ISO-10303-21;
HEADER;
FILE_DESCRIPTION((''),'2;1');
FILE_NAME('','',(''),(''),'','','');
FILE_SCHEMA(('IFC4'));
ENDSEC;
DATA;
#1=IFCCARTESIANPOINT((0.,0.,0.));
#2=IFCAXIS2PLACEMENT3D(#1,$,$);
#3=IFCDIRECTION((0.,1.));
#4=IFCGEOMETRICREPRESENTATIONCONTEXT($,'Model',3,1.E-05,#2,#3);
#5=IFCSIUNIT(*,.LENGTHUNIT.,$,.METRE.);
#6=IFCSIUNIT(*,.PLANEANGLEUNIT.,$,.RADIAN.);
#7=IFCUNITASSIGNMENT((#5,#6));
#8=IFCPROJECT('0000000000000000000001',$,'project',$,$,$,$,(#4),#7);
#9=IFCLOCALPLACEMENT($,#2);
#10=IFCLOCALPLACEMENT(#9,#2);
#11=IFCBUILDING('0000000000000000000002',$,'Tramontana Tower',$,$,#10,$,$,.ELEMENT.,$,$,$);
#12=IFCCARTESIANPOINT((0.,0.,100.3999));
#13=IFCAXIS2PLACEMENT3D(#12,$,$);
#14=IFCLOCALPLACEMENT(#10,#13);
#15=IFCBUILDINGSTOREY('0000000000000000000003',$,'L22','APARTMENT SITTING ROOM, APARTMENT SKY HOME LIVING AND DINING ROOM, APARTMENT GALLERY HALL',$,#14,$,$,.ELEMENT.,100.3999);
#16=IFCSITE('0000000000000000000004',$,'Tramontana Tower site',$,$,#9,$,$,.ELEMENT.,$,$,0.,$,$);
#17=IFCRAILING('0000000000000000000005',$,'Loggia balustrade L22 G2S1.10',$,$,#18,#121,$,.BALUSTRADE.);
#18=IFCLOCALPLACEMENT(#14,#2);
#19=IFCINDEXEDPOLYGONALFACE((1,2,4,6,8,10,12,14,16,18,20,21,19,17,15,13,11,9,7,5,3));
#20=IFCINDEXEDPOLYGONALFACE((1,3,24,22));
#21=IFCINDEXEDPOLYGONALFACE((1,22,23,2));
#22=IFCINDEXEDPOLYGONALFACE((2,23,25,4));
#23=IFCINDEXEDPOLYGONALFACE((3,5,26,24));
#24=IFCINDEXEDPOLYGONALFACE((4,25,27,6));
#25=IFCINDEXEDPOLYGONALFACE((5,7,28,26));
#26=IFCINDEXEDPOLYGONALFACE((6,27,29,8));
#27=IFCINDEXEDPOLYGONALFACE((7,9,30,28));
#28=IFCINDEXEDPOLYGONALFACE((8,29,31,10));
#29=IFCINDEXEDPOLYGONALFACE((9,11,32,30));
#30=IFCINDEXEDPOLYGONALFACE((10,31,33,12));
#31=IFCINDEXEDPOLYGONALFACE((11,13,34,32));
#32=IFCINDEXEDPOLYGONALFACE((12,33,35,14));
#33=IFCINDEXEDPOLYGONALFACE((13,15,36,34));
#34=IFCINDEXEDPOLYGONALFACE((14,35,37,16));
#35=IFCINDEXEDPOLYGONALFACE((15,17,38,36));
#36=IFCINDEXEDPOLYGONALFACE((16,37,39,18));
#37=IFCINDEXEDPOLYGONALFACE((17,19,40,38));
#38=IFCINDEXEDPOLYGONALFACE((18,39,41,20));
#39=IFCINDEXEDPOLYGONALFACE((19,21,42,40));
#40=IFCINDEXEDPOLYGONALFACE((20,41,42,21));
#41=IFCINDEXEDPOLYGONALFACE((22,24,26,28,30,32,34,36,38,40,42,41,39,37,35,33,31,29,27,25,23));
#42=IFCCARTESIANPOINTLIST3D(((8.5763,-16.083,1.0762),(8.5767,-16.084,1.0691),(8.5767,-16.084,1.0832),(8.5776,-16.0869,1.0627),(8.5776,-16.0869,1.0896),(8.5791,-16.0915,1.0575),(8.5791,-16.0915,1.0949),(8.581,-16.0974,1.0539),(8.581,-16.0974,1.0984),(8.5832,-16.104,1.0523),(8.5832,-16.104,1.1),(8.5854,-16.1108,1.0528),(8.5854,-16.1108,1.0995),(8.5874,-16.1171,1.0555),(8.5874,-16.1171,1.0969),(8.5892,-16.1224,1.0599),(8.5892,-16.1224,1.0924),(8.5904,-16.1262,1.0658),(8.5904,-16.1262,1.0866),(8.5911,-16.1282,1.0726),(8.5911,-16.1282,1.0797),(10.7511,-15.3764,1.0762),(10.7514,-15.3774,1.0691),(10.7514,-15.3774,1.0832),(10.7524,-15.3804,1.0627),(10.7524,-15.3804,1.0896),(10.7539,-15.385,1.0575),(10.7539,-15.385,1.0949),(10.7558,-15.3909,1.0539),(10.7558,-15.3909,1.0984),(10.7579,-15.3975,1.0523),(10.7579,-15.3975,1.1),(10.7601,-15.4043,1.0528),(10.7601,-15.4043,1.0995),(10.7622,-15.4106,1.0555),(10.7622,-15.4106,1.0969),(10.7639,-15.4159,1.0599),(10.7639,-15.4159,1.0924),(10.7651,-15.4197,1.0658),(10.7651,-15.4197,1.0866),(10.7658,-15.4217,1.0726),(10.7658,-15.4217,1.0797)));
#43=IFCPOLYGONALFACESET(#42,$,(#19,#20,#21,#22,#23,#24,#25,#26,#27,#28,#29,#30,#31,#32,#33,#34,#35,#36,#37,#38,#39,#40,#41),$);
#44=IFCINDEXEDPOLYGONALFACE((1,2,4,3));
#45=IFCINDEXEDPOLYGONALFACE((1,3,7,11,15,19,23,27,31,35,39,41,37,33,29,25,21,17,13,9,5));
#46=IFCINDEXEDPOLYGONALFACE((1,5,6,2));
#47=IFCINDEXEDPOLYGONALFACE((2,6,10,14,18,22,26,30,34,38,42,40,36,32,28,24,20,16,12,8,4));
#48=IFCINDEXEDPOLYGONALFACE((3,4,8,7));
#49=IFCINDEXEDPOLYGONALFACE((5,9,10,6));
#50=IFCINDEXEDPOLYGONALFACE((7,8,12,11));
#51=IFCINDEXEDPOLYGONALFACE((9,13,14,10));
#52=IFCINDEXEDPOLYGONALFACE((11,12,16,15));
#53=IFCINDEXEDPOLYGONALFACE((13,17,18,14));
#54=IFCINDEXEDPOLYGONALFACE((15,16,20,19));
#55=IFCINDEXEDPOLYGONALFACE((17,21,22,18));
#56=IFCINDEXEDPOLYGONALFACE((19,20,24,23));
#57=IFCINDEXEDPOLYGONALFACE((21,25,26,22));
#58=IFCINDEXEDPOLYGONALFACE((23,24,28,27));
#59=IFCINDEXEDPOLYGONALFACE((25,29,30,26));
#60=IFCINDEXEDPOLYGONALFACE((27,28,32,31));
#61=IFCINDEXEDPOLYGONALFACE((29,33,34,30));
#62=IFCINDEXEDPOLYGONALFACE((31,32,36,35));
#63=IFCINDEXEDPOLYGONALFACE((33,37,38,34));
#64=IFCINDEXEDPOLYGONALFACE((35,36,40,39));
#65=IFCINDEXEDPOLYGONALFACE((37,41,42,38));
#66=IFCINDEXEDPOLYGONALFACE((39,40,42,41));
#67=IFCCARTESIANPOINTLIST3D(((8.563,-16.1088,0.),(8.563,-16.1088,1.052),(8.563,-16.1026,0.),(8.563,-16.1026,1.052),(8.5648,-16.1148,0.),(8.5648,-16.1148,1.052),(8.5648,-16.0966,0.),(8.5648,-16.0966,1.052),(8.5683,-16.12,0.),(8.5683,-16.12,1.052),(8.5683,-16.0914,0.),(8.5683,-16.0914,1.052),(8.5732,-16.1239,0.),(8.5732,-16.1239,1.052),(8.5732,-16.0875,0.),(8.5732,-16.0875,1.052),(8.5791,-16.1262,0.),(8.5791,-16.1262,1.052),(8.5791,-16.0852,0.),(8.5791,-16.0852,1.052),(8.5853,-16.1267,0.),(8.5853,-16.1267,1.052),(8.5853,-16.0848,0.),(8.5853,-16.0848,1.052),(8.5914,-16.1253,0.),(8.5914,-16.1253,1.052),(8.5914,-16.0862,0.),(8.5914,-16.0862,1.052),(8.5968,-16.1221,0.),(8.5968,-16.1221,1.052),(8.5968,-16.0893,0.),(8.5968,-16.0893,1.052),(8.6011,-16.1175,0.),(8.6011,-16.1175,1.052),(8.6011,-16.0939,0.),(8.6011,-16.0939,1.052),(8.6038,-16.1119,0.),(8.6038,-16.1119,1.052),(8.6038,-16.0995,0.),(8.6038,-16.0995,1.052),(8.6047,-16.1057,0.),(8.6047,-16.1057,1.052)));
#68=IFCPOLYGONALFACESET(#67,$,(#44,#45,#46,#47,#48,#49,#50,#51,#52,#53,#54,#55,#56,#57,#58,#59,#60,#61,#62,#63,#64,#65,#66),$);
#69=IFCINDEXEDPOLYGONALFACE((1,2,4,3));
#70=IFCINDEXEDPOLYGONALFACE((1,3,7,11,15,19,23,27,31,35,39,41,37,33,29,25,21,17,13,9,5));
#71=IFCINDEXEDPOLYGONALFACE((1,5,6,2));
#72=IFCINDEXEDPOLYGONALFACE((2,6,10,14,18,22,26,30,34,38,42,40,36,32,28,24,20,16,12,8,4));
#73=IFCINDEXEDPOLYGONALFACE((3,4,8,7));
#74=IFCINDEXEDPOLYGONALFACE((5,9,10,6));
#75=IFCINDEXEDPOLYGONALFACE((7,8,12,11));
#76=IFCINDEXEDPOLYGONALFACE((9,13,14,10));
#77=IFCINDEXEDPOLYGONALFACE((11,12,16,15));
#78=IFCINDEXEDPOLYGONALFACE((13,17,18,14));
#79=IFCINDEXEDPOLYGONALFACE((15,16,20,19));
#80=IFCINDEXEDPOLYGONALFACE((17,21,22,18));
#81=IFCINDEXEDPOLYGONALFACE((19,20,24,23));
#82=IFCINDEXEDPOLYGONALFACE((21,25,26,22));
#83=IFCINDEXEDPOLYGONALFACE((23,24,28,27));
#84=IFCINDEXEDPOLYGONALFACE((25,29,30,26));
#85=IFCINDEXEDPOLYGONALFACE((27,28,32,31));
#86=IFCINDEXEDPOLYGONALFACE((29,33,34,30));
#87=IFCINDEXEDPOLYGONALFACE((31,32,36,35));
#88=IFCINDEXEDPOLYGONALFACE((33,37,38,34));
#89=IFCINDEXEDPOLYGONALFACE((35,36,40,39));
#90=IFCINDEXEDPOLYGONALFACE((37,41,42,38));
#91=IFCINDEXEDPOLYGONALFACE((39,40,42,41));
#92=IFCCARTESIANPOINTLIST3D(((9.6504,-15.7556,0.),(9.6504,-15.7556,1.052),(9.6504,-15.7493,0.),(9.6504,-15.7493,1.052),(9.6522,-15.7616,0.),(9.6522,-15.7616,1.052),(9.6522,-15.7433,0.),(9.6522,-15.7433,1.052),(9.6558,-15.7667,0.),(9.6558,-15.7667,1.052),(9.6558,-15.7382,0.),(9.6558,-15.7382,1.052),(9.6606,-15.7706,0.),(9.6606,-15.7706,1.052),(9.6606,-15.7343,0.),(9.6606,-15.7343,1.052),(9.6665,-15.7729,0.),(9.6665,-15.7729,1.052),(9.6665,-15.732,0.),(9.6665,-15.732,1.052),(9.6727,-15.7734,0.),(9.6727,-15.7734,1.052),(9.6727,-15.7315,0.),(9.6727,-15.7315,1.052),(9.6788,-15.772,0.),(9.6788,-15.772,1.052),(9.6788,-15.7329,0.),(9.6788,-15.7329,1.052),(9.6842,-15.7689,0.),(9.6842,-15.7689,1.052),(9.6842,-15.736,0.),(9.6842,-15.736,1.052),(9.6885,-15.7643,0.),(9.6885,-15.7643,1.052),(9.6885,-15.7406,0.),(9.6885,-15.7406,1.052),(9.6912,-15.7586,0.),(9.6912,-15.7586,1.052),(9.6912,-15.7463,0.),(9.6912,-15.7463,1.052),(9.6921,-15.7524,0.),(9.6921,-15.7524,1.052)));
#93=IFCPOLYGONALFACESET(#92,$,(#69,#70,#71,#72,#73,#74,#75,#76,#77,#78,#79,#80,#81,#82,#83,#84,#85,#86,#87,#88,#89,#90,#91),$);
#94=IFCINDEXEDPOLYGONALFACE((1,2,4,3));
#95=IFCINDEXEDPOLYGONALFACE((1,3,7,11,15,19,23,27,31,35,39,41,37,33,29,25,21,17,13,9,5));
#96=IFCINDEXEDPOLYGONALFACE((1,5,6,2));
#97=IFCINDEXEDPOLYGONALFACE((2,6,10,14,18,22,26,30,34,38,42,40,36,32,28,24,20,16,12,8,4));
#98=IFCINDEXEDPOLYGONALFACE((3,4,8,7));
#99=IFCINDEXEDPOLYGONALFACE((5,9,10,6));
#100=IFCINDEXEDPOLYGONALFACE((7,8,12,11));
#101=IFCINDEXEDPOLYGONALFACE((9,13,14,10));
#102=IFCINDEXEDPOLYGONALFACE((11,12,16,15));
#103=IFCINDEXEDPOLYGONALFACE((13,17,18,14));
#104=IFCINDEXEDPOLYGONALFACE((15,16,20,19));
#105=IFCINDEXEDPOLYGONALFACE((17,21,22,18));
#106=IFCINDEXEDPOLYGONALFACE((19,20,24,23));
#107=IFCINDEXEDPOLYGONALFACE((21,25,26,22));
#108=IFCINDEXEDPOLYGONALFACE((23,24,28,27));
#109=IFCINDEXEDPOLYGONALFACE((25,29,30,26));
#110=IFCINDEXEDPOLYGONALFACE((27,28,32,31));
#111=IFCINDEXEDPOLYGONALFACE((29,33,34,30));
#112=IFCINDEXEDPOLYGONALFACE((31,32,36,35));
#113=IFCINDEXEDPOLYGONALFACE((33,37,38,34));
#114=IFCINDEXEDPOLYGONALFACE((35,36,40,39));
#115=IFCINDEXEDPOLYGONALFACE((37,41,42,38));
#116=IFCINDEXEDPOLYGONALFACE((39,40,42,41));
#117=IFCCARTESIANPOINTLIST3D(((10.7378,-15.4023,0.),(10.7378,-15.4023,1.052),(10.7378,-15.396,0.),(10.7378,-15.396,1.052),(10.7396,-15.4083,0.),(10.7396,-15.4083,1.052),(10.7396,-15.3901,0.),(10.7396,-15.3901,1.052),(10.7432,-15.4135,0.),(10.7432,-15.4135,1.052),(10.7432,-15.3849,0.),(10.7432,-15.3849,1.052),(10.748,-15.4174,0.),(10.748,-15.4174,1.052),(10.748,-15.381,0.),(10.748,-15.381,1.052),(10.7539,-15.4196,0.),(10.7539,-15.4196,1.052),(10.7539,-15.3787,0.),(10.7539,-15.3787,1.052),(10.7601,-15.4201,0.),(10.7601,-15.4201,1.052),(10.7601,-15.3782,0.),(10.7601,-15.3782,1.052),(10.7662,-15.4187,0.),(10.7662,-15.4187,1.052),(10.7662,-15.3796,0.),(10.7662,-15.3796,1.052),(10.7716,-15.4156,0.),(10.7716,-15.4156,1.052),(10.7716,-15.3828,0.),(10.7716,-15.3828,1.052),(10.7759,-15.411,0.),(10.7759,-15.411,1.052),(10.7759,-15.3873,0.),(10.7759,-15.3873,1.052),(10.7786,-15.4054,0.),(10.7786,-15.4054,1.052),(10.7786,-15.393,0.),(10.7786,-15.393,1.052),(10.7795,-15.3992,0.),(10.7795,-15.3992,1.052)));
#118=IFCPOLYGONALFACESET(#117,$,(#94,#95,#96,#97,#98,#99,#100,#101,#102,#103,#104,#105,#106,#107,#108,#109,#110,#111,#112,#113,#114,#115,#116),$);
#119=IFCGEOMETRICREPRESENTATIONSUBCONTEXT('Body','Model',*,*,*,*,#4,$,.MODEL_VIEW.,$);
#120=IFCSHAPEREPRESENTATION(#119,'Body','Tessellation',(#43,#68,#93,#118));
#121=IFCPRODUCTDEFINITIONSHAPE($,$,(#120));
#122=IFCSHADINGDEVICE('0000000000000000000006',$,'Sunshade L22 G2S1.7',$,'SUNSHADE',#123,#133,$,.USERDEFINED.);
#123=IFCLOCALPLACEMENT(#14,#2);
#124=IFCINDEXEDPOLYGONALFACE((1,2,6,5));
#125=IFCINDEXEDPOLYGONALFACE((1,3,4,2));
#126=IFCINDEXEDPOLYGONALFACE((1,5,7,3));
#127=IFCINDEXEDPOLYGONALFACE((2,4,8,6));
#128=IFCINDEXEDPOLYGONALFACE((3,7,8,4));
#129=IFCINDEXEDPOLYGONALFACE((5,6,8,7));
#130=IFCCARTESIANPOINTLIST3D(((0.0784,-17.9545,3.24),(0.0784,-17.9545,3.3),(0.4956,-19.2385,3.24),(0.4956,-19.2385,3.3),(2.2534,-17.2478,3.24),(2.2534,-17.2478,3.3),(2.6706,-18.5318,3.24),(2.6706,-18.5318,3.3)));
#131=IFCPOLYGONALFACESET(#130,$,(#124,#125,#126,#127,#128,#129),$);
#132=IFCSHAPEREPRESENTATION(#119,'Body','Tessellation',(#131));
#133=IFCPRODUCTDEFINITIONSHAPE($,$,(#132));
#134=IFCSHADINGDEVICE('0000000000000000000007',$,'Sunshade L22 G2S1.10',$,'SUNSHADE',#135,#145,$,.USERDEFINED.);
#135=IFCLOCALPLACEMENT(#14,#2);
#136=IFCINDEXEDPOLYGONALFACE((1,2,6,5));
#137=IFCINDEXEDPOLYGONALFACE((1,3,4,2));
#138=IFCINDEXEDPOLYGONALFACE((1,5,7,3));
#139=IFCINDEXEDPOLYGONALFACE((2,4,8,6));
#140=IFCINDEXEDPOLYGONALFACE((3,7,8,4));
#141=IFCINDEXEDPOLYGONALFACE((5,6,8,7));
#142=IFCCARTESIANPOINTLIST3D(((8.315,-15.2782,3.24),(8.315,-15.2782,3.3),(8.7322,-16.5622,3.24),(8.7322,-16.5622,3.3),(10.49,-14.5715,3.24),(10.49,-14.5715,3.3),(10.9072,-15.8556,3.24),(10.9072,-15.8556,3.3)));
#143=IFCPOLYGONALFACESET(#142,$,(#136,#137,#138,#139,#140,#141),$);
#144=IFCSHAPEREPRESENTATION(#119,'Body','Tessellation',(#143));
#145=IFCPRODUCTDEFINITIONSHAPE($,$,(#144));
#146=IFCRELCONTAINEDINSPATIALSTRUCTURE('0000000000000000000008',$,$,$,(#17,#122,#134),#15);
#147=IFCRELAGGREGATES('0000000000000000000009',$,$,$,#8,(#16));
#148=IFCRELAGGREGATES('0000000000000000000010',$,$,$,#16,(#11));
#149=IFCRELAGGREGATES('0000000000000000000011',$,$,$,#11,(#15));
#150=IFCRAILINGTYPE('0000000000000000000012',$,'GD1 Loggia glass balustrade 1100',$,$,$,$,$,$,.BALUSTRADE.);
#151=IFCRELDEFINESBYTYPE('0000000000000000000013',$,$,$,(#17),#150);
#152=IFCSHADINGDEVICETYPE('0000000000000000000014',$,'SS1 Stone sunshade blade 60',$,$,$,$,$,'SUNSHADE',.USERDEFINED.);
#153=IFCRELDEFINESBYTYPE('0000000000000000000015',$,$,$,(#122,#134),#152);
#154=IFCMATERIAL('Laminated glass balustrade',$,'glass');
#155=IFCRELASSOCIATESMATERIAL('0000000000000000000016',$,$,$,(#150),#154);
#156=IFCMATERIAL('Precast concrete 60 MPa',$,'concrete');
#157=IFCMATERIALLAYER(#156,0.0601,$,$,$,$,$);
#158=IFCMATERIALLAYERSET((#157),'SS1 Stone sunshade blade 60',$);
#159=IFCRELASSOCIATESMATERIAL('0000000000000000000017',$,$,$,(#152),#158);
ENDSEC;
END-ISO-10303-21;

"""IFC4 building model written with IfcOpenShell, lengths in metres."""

from ifc_helpers import new_model, si_unit, direction, frame, origin, origin_2d, place, context, subcontext, project, spatial, rectangle, circle, extrude, material, layer, layer_set, type_object, element, save


model = new_model("IFC4")

# Units and contexts
model_context = context("Model", 3, precision=1e-05, world=origin(), true_north=direction((0.0, 1.0)))
body_context = subcontext(model_context, "Body", "Model", "MODEL_VIEW")
ifc_project = project(units=[si_unit("LENGTHUNIT", "METRE"), si_unit("PLANEANGLEUNIT", "RADIAN")], contexts=[model_context])

# Site, building, storey
site_placement = place(None, origin())
site = spatial("IfcSite", under=ifc_project, at=site_placement, Name="Tramontana Tower site", CompositionType="ELEMENT", RefElevation=0.0)
building_placement = place(site_placement, origin())
building = spatial("IfcBuilding", under=site, at=building_placement, Name="Tramontana Tower", CompositionType="ELEMENT")
storey_placement = place(building_placement, frame((0.0, 0.0, 100.3999)))
storey = spatial("IfcBuildingStorey", under=building, at=storey_placement, Name="L22", Description="APARTMENT SITTING ROOM, APARTMENT SKY HOME LIVING AND DINING ROOM, APARTMENT GALLERY HALL", CompositionType="ELEMENT", Elevation=100.3999)

# Railing
ifc_material_1 = material(Name="Laminated glass balustrade", Category="glass")
railing_type = type_object("IfcRailingType", Name="GD1 Loggia glass balustrade 1100", PredefinedType="BALUSTRADE", material=ifc_material_1)
railing_1_placement = place(storey_placement, frame((8.5837, -16.1057, 0.0)))
element("IfcRailing", 1, at=railing_1_placement, inside=storey, type_object=railing_type, Name="Loggia balustrade L22 G2S1.10", PredefinedType="BALUSTRADE", context=body_context, shape_type="SweptSolid", body=[
    extrude(circle(Radius=0.0239, at=origin_2d()), frame((0.0, 0.0, 1.0762), z_axis=(0.951069, 0.30898, 0.0), x_axis=(-0.30898, 0.951069, 0.0)), (0.0, 0.0, 1.0), 2.2866),
    extrude(circle(Radius=0.021, at=origin_2d()), origin(), (0.0, 0.0, 1.0), 1.052),
    extrude(circle(Radius=0.021, at=origin_2d()), frame((1.0874, 0.3533, 0.0)), (0.0, 0.0, 1.0), 1.052),
    extrude(circle(Radius=0.021, at=origin_2d()), frame((2.1748, 0.7065, 0.0)), (0.0, 0.0, 1.0), 1.052),
])

# Shading devices
ifc_material_2 = material(Name="Precast concrete 60 MPa", Category="concrete")
ifc_layer_1 = layer(ifc_material_2, 0.0601)
ifc_layer_set_1 = layer_set([ifc_layer_1], Name="SS1 Stone sunshade blade 60")
shading_device_type = type_object("IfcShadingDeviceType", Name="SS1 Stone sunshade blade 60", ElementType="SUNSHADE", PredefinedType="USERDEFINED", material=ifc_layer_set_1)
for number, where, z_axis, x_axis, name in (
    (2, (1.3745, -18.2432, 3.24), (0.0, 0.0, 1.0), (0.951057, 0.309017, 0.0), "Sunshade L22 G2S1.7"),
    (3, (9.6111, -15.5669, 3.24), (0.0, 0.0, 1.0), (0.951057, 0.309017, 0.0), "Sunshade L22 G2S1.10"),
):
    element("IfcShadingDevice", number, at=place(storey_placement, frame(where, z_axis=z_axis, x_axis=x_axis)), inside=storey, type_object=shading_device_type, Name=name, ObjectType="SUNSHADE", PredefinedType="USERDEFINED", context=body_context, shape_type="SweptSolid", body=[
        extrude(rectangle(XDim=2.2869, YDim=1.3501, at=origin_2d()), origin(), (0.0, 0.0, 1.0), 0.0601),
    ])

save(model, "model.ifc")
